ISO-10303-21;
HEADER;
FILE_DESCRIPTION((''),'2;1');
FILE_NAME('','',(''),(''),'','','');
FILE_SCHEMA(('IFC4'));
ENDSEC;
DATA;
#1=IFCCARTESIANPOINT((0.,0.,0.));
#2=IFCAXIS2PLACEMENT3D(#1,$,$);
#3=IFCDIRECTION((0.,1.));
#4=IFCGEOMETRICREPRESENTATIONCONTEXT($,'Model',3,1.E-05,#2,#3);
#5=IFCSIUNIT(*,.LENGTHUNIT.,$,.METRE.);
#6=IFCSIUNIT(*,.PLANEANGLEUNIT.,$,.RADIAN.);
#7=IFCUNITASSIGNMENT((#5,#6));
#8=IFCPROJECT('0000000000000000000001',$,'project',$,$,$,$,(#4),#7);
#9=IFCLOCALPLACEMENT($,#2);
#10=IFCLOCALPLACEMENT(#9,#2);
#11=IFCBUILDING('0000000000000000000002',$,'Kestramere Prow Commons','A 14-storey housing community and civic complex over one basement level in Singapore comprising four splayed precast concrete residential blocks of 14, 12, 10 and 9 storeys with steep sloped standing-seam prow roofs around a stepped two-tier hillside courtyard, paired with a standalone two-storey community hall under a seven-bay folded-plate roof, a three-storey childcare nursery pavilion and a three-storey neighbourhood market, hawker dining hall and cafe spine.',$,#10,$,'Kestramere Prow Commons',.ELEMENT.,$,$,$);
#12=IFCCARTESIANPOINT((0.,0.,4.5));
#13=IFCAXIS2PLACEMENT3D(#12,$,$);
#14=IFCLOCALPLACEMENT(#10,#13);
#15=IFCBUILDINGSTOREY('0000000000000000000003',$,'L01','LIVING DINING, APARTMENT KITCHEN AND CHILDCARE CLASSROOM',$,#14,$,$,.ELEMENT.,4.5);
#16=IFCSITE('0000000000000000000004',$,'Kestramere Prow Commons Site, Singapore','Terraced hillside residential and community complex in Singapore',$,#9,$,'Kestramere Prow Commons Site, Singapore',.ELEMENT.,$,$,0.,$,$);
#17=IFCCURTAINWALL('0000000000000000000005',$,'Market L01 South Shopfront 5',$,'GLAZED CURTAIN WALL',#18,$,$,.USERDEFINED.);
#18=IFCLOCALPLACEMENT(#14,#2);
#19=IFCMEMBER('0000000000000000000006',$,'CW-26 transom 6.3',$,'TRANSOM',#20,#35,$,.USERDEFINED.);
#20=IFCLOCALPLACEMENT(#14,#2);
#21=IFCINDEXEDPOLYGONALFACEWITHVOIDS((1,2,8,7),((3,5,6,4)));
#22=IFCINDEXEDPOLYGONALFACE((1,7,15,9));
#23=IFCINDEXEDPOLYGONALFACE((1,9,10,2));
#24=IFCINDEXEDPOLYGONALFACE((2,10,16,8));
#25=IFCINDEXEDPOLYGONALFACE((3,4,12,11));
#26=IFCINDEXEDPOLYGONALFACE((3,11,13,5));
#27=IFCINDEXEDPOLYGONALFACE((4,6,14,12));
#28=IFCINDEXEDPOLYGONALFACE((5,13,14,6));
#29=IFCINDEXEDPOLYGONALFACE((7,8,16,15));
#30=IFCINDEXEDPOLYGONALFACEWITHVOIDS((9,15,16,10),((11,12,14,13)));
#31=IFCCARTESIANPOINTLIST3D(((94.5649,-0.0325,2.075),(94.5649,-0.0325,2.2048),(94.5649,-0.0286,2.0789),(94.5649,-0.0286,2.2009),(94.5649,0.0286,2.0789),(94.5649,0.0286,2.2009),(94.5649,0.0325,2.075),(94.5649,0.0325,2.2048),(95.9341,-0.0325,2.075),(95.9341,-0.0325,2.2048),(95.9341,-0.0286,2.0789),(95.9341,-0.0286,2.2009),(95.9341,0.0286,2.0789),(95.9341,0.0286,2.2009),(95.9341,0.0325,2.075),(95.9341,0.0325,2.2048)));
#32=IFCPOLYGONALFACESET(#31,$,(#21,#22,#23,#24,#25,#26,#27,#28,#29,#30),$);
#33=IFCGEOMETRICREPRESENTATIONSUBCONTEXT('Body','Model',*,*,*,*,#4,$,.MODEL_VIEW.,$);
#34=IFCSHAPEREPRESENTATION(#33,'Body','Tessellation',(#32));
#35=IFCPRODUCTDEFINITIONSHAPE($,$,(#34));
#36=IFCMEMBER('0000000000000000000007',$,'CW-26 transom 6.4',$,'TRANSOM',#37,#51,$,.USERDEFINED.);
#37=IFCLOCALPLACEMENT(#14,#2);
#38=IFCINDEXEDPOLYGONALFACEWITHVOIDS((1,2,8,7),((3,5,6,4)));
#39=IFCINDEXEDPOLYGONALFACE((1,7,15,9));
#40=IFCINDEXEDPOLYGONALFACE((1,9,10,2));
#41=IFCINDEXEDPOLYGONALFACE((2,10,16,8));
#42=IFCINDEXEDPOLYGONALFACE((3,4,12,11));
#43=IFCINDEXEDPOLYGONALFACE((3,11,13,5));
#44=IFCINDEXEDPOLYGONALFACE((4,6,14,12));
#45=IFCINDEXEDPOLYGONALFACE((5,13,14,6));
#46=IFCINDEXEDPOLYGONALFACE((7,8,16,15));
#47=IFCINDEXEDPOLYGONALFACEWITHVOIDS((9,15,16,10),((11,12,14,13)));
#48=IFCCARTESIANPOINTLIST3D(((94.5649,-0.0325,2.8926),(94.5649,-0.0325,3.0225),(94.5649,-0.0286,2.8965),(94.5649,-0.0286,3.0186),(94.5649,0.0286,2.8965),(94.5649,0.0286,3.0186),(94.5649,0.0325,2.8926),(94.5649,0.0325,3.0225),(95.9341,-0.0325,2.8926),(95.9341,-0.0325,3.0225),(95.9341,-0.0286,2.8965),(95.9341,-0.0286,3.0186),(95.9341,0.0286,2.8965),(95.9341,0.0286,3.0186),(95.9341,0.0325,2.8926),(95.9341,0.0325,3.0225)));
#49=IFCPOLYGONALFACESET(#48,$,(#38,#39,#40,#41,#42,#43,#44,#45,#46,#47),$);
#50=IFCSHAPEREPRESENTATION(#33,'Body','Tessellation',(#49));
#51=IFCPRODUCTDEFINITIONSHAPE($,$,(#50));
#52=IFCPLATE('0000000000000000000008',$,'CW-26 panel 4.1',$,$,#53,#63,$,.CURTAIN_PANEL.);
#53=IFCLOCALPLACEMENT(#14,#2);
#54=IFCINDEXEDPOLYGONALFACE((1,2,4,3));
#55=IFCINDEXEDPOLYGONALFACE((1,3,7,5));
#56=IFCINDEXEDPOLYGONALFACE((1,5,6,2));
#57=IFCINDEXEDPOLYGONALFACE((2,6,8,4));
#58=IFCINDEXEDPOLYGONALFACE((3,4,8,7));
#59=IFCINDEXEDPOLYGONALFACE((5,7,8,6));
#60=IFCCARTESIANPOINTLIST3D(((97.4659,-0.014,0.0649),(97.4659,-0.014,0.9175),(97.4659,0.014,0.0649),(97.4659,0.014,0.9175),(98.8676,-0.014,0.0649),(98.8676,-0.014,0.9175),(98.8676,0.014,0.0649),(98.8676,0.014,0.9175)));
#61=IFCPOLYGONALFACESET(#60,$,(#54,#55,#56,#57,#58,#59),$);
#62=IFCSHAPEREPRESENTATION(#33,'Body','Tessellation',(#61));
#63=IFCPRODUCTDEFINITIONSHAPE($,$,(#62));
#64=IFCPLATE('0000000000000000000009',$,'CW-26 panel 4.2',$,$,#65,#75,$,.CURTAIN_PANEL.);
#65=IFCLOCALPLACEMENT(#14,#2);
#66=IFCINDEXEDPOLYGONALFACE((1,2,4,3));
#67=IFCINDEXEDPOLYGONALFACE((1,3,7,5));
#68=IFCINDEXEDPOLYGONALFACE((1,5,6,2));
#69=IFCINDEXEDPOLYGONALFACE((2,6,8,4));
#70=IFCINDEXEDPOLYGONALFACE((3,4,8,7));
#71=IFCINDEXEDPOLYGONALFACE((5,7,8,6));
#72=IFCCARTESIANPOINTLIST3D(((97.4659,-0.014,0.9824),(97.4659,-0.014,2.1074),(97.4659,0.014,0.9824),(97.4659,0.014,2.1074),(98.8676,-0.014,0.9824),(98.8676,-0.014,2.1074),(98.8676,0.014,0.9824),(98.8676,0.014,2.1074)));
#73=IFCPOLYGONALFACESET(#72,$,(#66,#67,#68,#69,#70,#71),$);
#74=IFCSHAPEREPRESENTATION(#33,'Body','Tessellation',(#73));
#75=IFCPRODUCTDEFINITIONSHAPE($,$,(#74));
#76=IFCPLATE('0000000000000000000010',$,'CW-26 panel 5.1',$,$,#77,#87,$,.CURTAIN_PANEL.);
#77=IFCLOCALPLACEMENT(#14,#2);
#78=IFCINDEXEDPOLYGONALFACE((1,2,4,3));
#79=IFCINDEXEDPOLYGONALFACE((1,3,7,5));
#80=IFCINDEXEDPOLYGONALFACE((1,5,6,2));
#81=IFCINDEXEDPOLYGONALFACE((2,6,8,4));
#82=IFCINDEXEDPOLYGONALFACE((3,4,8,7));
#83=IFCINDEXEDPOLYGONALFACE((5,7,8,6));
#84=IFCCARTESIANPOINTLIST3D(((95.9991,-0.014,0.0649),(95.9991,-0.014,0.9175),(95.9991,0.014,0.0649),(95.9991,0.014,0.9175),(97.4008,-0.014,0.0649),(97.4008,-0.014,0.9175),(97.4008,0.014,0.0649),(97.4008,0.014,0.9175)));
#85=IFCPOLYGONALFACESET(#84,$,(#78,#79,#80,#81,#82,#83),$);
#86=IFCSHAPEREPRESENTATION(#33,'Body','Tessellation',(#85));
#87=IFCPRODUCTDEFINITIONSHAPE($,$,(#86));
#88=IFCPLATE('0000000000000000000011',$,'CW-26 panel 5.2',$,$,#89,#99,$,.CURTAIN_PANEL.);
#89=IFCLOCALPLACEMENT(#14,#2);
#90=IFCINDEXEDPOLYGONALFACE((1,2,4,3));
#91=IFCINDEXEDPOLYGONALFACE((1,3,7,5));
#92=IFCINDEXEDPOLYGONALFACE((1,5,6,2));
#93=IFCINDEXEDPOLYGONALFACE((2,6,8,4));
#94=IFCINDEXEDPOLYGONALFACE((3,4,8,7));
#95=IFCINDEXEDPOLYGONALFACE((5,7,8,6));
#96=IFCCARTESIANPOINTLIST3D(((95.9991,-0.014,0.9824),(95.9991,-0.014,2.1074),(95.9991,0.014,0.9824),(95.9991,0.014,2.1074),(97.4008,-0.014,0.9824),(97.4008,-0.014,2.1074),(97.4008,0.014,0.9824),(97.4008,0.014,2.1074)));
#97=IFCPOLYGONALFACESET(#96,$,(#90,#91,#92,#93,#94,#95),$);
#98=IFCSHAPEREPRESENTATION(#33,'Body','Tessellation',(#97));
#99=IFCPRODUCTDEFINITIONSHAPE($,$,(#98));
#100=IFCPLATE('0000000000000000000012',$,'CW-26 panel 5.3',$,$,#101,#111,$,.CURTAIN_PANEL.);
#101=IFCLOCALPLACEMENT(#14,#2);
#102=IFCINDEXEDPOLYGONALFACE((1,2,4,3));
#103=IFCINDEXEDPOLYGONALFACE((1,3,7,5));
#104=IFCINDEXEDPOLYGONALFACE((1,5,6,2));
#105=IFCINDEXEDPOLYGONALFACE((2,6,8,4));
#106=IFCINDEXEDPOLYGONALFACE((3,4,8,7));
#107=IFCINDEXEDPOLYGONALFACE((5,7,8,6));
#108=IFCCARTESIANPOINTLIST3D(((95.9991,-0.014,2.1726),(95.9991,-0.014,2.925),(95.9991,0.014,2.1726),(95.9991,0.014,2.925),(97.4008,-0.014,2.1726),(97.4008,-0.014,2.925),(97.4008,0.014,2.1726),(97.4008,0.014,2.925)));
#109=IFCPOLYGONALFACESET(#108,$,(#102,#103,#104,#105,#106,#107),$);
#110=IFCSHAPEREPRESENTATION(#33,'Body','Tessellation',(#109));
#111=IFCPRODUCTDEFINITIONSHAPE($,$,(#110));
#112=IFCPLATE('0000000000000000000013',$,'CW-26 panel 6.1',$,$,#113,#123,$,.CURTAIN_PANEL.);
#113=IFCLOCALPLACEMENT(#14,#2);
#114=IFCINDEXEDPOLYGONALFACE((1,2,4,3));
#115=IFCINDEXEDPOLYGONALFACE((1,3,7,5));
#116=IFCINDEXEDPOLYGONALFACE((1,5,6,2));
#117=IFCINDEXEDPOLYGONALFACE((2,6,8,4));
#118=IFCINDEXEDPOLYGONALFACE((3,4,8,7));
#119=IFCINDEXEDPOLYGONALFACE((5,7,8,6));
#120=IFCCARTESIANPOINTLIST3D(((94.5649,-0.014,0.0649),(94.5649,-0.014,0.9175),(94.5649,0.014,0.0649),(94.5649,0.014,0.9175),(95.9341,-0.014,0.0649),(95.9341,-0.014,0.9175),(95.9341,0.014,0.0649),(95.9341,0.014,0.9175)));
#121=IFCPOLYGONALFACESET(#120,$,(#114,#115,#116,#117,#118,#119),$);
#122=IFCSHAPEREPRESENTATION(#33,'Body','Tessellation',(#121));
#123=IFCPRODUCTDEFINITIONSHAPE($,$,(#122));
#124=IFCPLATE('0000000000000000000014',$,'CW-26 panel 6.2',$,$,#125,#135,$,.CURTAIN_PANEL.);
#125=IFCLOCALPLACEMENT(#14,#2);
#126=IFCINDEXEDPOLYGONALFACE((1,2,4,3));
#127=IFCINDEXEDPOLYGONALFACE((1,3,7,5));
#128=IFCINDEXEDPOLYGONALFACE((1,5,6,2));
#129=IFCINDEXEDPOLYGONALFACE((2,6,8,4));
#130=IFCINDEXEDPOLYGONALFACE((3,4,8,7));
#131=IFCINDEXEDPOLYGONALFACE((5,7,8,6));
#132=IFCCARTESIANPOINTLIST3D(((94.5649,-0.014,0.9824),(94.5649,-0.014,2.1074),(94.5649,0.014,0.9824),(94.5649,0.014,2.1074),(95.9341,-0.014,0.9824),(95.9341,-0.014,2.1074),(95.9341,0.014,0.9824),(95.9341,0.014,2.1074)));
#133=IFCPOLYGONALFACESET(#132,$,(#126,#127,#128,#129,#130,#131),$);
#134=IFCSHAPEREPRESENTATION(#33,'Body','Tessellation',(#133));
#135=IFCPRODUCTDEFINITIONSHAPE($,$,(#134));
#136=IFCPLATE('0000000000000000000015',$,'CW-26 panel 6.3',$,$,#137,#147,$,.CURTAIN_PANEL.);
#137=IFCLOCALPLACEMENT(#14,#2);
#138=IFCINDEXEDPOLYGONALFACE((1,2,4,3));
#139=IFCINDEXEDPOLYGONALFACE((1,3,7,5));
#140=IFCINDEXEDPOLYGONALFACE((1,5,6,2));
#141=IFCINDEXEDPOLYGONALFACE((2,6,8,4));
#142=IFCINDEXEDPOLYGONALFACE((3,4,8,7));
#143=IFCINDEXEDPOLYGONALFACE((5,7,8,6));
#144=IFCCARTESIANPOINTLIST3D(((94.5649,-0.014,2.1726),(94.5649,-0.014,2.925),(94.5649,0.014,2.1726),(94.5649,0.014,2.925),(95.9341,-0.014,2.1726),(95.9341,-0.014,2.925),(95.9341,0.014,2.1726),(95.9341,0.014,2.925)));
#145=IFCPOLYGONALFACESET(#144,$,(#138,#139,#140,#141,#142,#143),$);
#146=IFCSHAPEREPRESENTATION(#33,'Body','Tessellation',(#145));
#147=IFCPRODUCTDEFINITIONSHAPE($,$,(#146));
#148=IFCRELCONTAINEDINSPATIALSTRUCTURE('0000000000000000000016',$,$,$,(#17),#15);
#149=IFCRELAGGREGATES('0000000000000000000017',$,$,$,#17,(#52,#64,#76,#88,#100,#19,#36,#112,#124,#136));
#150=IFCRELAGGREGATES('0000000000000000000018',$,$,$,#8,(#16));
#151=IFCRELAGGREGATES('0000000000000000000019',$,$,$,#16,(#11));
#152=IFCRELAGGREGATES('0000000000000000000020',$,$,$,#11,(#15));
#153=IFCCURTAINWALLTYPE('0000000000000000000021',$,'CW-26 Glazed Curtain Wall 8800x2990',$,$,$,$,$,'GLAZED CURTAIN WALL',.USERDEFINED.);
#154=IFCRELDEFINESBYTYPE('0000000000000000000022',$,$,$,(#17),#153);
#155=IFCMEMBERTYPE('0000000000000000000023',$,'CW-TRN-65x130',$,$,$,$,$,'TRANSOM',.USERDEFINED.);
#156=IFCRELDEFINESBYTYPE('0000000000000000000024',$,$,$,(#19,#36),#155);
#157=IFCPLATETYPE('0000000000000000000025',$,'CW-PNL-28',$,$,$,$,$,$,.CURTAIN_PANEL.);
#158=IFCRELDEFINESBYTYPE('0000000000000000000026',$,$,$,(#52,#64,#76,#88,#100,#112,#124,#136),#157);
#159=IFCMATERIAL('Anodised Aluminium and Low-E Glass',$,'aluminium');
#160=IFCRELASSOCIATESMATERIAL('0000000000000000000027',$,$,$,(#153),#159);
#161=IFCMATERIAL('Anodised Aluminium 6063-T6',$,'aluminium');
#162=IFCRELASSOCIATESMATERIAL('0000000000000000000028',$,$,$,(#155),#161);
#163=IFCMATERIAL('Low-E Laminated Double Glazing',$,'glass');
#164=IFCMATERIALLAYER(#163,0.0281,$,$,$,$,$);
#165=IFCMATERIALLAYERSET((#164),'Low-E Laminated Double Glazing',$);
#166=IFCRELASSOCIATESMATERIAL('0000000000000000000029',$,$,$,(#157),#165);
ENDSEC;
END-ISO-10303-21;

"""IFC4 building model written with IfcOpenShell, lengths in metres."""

from ifc_helpers import new_model, si_unit, direction, frame, origin, origin_2d, place, context, subcontext, project, spatial, rectangle, hollow_rectangle, extrude, material, layer, layer_set, material_profile, profile_set, type_object, element, aggregate, save


model = new_model("IFC4")

# Units and contexts
model_context = context("Model", 3, precision=1e-05, world=origin(), true_north=direction((0.0, 1.0)))
body_context = subcontext(model_context, "Body", "Model", "MODEL_VIEW")
ifc_project = project(units=[si_unit("LENGTHUNIT", "METRE"), si_unit("PLANEANGLEUNIT", "RADIAN")], contexts=[model_context])

# Site, building, storey
site_placement = place(None, origin())
site = spatial("IfcSite", under=ifc_project, at=site_placement, Name="Kestramere Prow Commons Site, Singapore", Description="Terraced hillside residential and community complex in Singapore", LongName="Kestramere Prow Commons Site, Singapore", CompositionType="ELEMENT", RefElevation=0.0)
building_placement = place(site_placement, origin())
building = spatial("IfcBuilding", under=site, at=building_placement, Name="Kestramere Prow Commons", Description="A 14-storey housing community and civic complex over one basement level in Singapore comprising four splayed precast concrete residential blocks of 14, 12, 10 and 9 storeys with steep sloped standing-seam prow roofs around a stepped two-tier hillside courtyard, paired with a standalone two-storey community hall under a seven-bay folded-plate roof, a three-storey childcare nursery pavilion and a three-storey neighbourhood market, hawker dining hall and cafe spine.", LongName="Kestramere Prow Commons", CompositionType="ELEMENT")
storey_placement = place(building_placement, frame((0.0, 0.0, 4.5)))
storey = spatial("IfcBuildingStorey", under=building, at=storey_placement, Name="L01", Description="LIVING DINING, APARTMENT KITCHEN AND CHILDCARE CLASSROOM", CompositionType="ELEMENT", Elevation=4.5)

# Curtain wall, members, plates
ifc_material_1 = material(Name="Anodised Aluminium and Low-E Glass", Category="aluminium")
curtain_wall_type = type_object("IfcCurtainWallType", Name="CW-26 Glazed Curtain Wall 8800x2990", ElementType="GLAZED CURTAIN WALL", PredefinedType="USERDEFINED", material=ifc_material_1)
curtain_wall_placement = place(storey_placement, origin())
curtain_wall = element("IfcCurtainWall", 1, at=curtain_wall_placement, inside=storey, type_object=curtain_wall_type, Name="Market L01 South Shopfront 5", ObjectType="GLAZED CURTAIN WALL", PredefinedType="USERDEFINED")
ifc_material_2 = material(Name="Anodised Aluminium 6063-T6", Category="aluminium")
ifc_material_profile_1 = material_profile(ifc_material_2, hollow_rectangle(XDim=0.0649, YDim=0.1299, WallThickness=0.0039, at=origin_2d()), Name="ALU-TRN 65x130")
ifc_profile_set_1 = profile_set([ifc_material_profile_1], Name="Anodised Aluminium 6063-T6")
member_type_1 = type_object("IfcMemberType", Name="CW-TRN-65x130", ElementType="TRANSOM", PredefinedType="USERDEFINED", material=ifc_profile_set_1)
member_1_placement = place(storey_placement, frame((95.9341, 0.0, 2.1399), z_axis=(-1.0, 0.0, 0.0), x_axis=(0.0, -1.0, 0.0)))
member_1 = element("IfcMember", 2, at=member_1_placement, type_object=member_type_1, Name="CW-26 transom 6.3", ObjectType="TRANSOM", PredefinedType="USERDEFINED", context=body_context, shape_type="SweptSolid", body=[
    extrude(hollow_rectangle(XDim=0.0649, YDim=0.1299, WallThickness=0.0039, at=origin_2d()), origin(), (0.0, 0.0, 1.0), 1.3691),
])
member_2_placement = place(storey_placement, frame((95.9341, 0.0, 2.9575), z_axis=(-1.0, 0.0, 0.0), x_axis=(0.0, -1.0, 0.0)))
member_2 = element("IfcMember", 3, at=member_2_placement, type_object=member_type_1, Name="CW-26 transom 6.4", ObjectType="TRANSOM", PredefinedType="USERDEFINED", context=body_context, shape_type="SweptSolid", body=[
    extrude(hollow_rectangle(XDim=0.0649, YDim=0.1299, WallThickness=0.0039, at=origin_2d()), origin(), (0.0, 0.0, 1.0), 1.3691),
])
ifc_material_3 = material(Name="Low-E Laminated Double Glazing", Category="glass")
ifc_layer = layer(ifc_material_3, 0.0281)
ifc_layer_set = layer_set([ifc_layer], Name="Low-E Laminated Double Glazing")
plate_type = type_object("IfcPlateType", Name="CW-PNL-28", PredefinedType="CURTAIN_PANEL", material=ifc_layer_set)
plate_1_placement = place(storey_placement, frame((98.1667, 0.0, 0.0649), z_axis=(0.0, 0.0, 1.0), x_axis=(-1.0, 0.0, 0.0)))
plate_1 = element("IfcPlate", 4, at=plate_1_placement, type_object=plate_type, Name="CW-26 panel 4.1", PredefinedType="CURTAIN_PANEL", context=body_context, shape_type="SweptSolid", body=[
    extrude(rectangle(XDim=1.4016, YDim=0.0281, at=origin_2d()), origin(), (0.0, 0.0, 1.0), 0.8525),
])
plate_2_placement = place(storey_placement, frame((98.1667, 0.0, 0.9824), z_axis=(0.0, 0.0, 1.0), x_axis=(-1.0, 0.0, 0.0)))
plate_2 = element("IfcPlate", 5, at=plate_2_placement, type_object=plate_type, Name="CW-26 panel 4.2", PredefinedType="CURTAIN_PANEL", context=body_context, shape_type="SweptSolid", body=[
    extrude(rectangle(XDim=1.4016, YDim=0.0281, at=origin_2d()), origin(), (0.0, 0.0, 1.0), 1.125),
])
plate_3_placement = place(storey_placement, frame((96.7, 0.0, 0.0649), z_axis=(0.0, 0.0, 1.0), x_axis=(-1.0, 0.0, 0.0)))
plate_3 = element("IfcPlate", 6, at=plate_3_placement, type_object=plate_type, Name="CW-26 panel 5.1", PredefinedType="CURTAIN_PANEL", context=body_context, shape_type="SweptSolid", body=[
    extrude(rectangle(XDim=1.4016, YDim=0.0281, at=origin_2d()), origin(), (0.0, 0.0, 1.0), 0.8525),
])
plate_4_placement = place(storey_placement, frame((96.7, 0.0, 0.9824), z_axis=(0.0, 0.0, 1.0), x_axis=(-1.0, 0.0, 0.0)))
plate_4 = element("IfcPlate", 7, at=plate_4_placement, type_object=plate_type, Name="CW-26 panel 5.2", PredefinedType="CURTAIN_PANEL", context=body_context, shape_type="SweptSolid", body=[
    extrude(rectangle(XDim=1.4016, YDim=0.0281, at=origin_2d()), origin(), (0.0, 0.0, 1.0), 1.125),
])
plate_5_placement = place(storey_placement, frame((96.7, 0.0, 2.1726), z_axis=(0.0, 0.0, 1.0), x_axis=(-1.0, 0.0, 0.0)))
plate_5 = element("IfcPlate", 8, at=plate_5_placement, type_object=plate_type, Name="CW-26 panel 5.3", PredefinedType="CURTAIN_PANEL", context=body_context, shape_type="SweptSolid", body=[
    extrude(rectangle(XDim=1.4016, YDim=0.0281, at=origin_2d()), origin(), (0.0, 0.0, 1.0), 0.7524),
])
plate_6_placement = place(storey_placement, frame((95.2495, 0.0, 0.0649), z_axis=(0.0, 0.0, 1.0), x_axis=(-1.0, 0.0, 0.0)))
plate_6 = element("IfcPlate", 9, at=plate_6_placement, type_object=plate_type, Name="CW-26 panel 6.1", PredefinedType="CURTAIN_PANEL", context=body_context, shape_type="SweptSolid", body=[
    extrude(rectangle(XDim=1.3691, YDim=0.0281, at=origin_2d()), origin(), (0.0, 0.0, 1.0), 0.8525),
])
plate_7_placement = place(storey_placement, frame((95.2495, 0.0, 0.9824), z_axis=(0.0, 0.0, 1.0), x_axis=(-1.0, 0.0, 0.0)))
plate_7 = element("IfcPlate", 10, at=plate_7_placement, type_object=plate_type, Name="CW-26 panel 6.2", PredefinedType="CURTAIN_PANEL", context=body_context, shape_type="SweptSolid", body=[
    extrude(rectangle(XDim=1.3691, YDim=0.0281, at=origin_2d()), origin(), (0.0, 0.0, 1.0), 1.125),
])
plate_8_placement = place(storey_placement, frame((95.2495, 0.0, 2.1726), z_axis=(0.0, 0.0, 1.0), x_axis=(-1.0, 0.0, 0.0)))
plate_8 = element("IfcPlate", 11, at=plate_8_placement, type_object=plate_type, Name="CW-26 panel 6.3", PredefinedType="CURTAIN_PANEL", context=body_context, shape_type="SweptSolid", body=[
    extrude(rectangle(XDim=1.3691, YDim=0.0281, at=origin_2d()), origin(), (0.0, 0.0, 1.0), 0.7524),
])
aggregate(curtain_wall, [plate_1, plate_2, plate_3, plate_4, plate_5, member_1, member_2, plate_6, plate_7, plate_8])

save(model, "model.ifc")
